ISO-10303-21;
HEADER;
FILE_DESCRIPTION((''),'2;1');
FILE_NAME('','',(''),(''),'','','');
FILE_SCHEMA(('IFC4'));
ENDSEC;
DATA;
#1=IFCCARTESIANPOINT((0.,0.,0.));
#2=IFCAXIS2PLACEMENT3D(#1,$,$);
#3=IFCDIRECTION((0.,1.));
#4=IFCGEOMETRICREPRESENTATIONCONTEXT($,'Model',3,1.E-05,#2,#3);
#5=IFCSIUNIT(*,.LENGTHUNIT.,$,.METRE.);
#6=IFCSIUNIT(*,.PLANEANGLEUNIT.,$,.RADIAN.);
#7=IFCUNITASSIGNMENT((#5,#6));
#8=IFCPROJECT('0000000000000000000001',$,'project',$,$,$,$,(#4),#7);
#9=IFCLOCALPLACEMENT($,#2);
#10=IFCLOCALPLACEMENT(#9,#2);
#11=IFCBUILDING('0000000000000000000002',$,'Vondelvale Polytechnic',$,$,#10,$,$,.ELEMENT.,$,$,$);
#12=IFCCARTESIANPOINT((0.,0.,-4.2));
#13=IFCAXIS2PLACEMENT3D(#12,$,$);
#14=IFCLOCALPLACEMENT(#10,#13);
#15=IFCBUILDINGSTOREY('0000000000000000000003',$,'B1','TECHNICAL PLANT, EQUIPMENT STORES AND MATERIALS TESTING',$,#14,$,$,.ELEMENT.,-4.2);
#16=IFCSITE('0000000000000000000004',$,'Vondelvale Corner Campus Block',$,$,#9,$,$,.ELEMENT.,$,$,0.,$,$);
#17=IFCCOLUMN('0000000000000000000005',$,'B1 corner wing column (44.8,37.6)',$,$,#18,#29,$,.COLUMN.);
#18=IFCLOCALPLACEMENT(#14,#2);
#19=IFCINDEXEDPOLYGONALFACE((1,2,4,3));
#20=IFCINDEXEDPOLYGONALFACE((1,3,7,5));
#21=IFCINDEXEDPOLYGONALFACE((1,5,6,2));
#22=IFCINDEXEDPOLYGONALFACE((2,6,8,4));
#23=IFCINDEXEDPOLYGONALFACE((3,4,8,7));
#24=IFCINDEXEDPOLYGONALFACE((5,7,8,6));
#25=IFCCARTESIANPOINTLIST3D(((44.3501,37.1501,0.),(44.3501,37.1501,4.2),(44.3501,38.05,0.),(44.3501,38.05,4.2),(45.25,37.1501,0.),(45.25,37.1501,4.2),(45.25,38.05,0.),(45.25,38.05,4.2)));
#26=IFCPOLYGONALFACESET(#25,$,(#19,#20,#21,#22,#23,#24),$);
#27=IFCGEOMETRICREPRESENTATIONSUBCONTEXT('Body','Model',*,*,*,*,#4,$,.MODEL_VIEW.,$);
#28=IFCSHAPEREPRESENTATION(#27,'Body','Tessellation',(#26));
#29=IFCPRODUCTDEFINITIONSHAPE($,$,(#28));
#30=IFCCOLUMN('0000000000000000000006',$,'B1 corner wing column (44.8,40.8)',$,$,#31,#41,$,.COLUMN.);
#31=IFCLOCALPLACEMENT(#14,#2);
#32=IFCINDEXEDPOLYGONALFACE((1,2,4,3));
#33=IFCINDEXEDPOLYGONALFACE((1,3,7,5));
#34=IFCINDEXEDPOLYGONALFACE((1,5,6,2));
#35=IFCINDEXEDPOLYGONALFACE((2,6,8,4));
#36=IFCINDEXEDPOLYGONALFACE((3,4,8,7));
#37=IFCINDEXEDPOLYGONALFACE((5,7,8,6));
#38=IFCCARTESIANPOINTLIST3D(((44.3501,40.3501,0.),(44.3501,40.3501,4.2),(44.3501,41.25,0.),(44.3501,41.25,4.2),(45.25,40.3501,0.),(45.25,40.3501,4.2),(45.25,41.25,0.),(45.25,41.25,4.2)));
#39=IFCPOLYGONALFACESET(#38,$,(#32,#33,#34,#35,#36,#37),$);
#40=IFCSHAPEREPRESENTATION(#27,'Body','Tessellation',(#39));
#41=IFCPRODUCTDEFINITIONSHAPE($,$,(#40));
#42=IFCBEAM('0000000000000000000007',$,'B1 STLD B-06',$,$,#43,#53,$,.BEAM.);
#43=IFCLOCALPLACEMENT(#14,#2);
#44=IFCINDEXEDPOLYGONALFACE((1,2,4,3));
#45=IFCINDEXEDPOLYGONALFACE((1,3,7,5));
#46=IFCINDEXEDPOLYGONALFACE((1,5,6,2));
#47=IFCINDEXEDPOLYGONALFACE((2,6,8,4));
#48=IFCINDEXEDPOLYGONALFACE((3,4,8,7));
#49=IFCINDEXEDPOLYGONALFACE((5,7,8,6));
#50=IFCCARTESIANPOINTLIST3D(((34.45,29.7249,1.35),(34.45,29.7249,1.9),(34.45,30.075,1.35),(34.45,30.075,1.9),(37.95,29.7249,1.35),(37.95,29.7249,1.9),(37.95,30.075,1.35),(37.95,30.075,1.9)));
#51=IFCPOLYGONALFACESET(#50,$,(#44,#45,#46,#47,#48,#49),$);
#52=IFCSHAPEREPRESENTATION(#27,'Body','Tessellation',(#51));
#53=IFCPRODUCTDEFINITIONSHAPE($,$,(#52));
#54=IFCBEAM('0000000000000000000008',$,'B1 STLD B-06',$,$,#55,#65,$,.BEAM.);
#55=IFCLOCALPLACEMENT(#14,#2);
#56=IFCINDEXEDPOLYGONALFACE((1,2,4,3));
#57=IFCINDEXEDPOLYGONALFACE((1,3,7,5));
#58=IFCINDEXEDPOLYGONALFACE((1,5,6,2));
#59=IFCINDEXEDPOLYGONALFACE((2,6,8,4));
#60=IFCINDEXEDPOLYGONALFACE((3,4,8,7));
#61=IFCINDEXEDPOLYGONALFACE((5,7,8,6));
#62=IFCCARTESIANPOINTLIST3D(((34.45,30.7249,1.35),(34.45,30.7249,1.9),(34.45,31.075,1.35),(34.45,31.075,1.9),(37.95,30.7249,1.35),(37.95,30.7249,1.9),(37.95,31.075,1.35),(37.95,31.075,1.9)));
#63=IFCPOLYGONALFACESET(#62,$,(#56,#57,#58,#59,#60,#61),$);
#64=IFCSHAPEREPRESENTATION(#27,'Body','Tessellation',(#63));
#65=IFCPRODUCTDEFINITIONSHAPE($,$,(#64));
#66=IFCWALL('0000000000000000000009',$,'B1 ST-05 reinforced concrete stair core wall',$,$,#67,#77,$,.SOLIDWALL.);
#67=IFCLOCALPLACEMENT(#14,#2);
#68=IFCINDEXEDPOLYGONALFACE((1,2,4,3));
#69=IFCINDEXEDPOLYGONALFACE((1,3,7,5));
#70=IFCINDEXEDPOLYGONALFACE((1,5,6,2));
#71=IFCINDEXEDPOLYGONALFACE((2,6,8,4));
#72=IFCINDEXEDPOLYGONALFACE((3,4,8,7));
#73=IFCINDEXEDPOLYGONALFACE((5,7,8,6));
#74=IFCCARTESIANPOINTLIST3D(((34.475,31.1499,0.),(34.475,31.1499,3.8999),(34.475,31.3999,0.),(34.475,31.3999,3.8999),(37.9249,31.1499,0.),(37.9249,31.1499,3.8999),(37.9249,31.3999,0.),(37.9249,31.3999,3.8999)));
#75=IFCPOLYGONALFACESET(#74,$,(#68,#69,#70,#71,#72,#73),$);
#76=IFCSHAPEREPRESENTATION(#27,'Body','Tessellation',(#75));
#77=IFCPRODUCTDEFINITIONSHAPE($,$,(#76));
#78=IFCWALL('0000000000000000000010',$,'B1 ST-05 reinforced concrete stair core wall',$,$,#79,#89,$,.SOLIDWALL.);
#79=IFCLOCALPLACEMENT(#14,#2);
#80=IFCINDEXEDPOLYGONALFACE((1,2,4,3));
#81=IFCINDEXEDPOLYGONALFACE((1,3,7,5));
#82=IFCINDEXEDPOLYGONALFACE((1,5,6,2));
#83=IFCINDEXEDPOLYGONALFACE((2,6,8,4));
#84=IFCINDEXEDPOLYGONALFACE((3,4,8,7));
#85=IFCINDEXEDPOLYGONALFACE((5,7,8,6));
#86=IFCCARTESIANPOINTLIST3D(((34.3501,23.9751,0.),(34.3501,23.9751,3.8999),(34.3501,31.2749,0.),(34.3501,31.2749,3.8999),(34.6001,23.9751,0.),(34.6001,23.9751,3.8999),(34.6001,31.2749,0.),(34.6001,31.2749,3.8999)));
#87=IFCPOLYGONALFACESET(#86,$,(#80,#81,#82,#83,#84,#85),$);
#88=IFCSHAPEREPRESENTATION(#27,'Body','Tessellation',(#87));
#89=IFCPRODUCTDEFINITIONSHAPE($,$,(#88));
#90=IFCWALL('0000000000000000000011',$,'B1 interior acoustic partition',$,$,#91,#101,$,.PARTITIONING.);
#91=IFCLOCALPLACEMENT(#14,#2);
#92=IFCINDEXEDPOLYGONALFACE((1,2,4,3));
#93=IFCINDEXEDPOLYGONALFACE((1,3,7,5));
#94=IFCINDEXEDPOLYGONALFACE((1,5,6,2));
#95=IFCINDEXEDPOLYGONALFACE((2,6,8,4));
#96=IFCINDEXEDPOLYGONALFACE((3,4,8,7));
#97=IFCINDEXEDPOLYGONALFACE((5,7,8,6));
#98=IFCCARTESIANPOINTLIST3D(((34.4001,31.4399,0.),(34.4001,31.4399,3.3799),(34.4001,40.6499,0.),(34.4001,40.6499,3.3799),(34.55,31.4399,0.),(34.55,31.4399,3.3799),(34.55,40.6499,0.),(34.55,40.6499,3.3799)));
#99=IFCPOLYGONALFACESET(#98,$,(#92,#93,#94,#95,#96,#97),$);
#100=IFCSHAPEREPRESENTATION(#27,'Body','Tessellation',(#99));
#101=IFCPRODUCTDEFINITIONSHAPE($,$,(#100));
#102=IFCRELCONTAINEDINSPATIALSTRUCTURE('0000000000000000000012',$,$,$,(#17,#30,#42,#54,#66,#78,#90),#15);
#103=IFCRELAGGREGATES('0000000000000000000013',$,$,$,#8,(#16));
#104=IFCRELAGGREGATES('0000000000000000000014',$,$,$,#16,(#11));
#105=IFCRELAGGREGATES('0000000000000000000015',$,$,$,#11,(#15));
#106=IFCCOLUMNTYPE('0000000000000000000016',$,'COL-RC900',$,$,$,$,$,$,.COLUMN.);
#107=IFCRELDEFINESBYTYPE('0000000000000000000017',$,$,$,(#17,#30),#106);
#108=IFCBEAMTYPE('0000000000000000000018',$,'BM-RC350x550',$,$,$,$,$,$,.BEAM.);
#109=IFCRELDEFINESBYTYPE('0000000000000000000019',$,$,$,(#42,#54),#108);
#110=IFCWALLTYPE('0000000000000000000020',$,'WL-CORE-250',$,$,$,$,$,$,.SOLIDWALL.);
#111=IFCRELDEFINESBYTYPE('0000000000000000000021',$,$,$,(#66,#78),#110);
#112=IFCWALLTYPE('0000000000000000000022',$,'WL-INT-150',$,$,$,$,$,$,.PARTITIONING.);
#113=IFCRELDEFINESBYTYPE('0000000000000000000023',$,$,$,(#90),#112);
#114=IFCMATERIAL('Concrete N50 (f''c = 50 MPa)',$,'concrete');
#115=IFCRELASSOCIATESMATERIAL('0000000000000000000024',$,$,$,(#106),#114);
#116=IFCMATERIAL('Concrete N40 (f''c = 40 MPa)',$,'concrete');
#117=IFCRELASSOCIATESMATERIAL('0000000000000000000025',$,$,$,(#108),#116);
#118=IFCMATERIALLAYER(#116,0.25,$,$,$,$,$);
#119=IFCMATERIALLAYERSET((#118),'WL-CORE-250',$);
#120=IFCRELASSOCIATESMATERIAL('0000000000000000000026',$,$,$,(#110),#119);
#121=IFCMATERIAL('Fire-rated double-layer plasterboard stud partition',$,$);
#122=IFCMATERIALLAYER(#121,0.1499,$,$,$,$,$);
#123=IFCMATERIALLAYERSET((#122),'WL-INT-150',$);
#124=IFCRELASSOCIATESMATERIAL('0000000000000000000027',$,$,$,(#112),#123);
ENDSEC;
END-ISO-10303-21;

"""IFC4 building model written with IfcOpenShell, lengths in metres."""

from ifc_helpers import new_model, si_unit, direction, frame, frame_2d, origin, origin_2d, place, context, subcontext, project, spatial, rectangle, extrude, material, layer, layer_set, material_profile, profile_set, type_object, element, save


model = new_model("IFC4")

# Units and contexts
model_context = context("Model", 3, precision=1e-05, world=origin(), true_north=direction((0.0, 1.0)))
body_context = subcontext(model_context, "Body", "Model", "MODEL_VIEW")
ifc_project = project(units=[si_unit("LENGTHUNIT", "METRE"), si_unit("PLANEANGLEUNIT", "RADIAN")], contexts=[model_context])

# Site, building, storey
site_placement = place(None, origin())
site = spatial("IfcSite", under=ifc_project, at=site_placement, Name="Vondelvale Corner Campus Block", CompositionType="ELEMENT", RefElevation=0.0)
building_placement = place(site_placement, origin())
building = spatial("IfcBuilding", under=site, at=building_placement, Name="Vondelvale Polytechnic", CompositionType="ELEMENT")
storey_placement = place(building_placement, frame((0.0, 0.0, -4.2)))
storey = spatial("IfcBuildingStorey", under=building, at=storey_placement, Name="B1", Description="TECHNICAL PLANT, EQUIPMENT STORES AND MATERIALS TESTING", CompositionType="ELEMENT", Elevation=-4.2)

# Shared definitions
ifc_material_1 = material(Name="Concrete N40 (f'c = 40 MPa)", Category="concrete")

# Columns
ifc_material_2 = material(Name="Concrete N50 (f'c = 50 MPa)", Category="concrete")
ifc_material_profile_1 = material_profile(ifc_material_2, rectangle(XDim=0.8999, YDim=0.8999, at=origin_2d()), Name="RC-COL-900x900")
ifc_profile_set_1 = profile_set([ifc_material_profile_1], Name="Concrete N50 (f'c = 50 MPa)")
column_type = type_object("IfcColumnType", Name="COL-RC900", PredefinedType="COLUMN", material=ifc_profile_set_1)
for number, where, z_axis, x_axis, name in (
    (1, (44.8, 37.6001, 0.0), (0.0, 0.0, 1.0), (1.0, 0.0, 0.0), "B1 corner wing column (44.8,37.6)"),
    (2, (44.8, 40.8, 0.0), (0.0, 0.0, 1.0), (1.0, 0.0, 0.0), "B1 corner wing column (44.8,40.8)"),
):
    element("IfcColumn", number, at=place(storey_placement, frame(where, z_axis=z_axis, x_axis=x_axis)), inside=storey, type_object=column_type, Name=name, PredefinedType="COLUMN", context=body_context, shape_type="SweptSolid", body=[
        extrude(rectangle(XDim=0.8999, YDim=0.8999, at=origin_2d()), origin(), (0.0, 0.0, 1.0), 4.2),
    ])

# Beams
ifc_material_profile_2 = material_profile(ifc_material_1, rectangle(XDim=0.3501, YDim=0.55, at=origin_2d()), Name="RC-BM-350x550")
ifc_profile_set_2 = profile_set([ifc_material_profile_2], Name="Concrete N40 (f'c = 40 MPa)")
beam_type = type_object("IfcBeamType", Name="BM-RC350x550", PredefinedType="BEAM", material=ifc_profile_set_2)
for number, where, z_axis, x_axis, name in (
    (3, (37.95, 29.8999, 1.625), (-1.0, 0.0, 0.0), (0.0, -1.0, 0.0), "B1 STLD B-06"),
    (4, (37.95, 30.8999, 1.625), (-1.0, 0.0, 0.0), (0.0, -1.0, 0.0), "B1 STLD B-06"),
):
    element("IfcBeam", number, at=place(storey_placement, frame(where, z_axis=z_axis, x_axis=x_axis)), inside=storey, type_object=beam_type, Name=name, PredefinedType="BEAM", context=body_context, shape_type="SweptSolid", body=[
        extrude(rectangle(XDim=0.3501, YDim=0.55, at=origin_2d()), origin(), (0.0, 0.0, 1.0), 3.5),
    ])

# Walls
ifc_layer_1 = layer(ifc_material_1, 0.25)
ifc_layer_set_1 = layer_set([ifc_layer_1], Name="WL-CORE-250")
wall_type_1 = type_object("IfcWallType", Name="WL-CORE-250", PredefinedType="SOLIDWALL", material=ifc_layer_set_1)
wall_1_placement = place(storey_placement, frame((37.925, 31.2749, 0.0), z_axis=(0.0, 0.0, 1.0), x_axis=(-1.0, 0.0, 0.0)))
element("IfcWall", 5, at=wall_1_placement, inside=storey, type_object=wall_type_1, Name="B1 ST-05 reinforced concrete stair core wall", PredefinedType="SOLIDWALL", context=body_context, shape_type="SweptSolid", body=[
    extrude(rectangle(XDim=3.45, YDim=0.25, at=frame_2d((1.7251, 0.0))), origin(), (0.0, 0.0, 1.0), 3.8999),
])
wall_2_placement = place(storey_placement, frame((34.4751, 31.2749, 0.0), z_axis=(0.0, 0.0, 1.0), x_axis=(0.0, -1.0, 0.0)))
element("IfcWall", 6, at=wall_2_placement, inside=storey, type_object=wall_type_1, Name="B1 ST-05 reinforced concrete stair core wall", PredefinedType="SOLIDWALL", context=body_context, shape_type="SweptSolid", body=[
    extrude(rectangle(XDim=7.2998, YDim=0.25, at=frame_2d((3.6499, 0.0))), origin(), (0.0, 0.0, 1.0), 3.8999),
])
ifc_material_3 = material(Name="Fire-rated double-layer plasterboard stud partition")
ifc_layer_2 = layer(ifc_material_3, 0.1499)
ifc_layer_set_2 = layer_set([ifc_layer_2], Name="WL-INT-150")
wall_type_2 = type_object("IfcWallType", Name="WL-INT-150", PredefinedType="PARTITIONING", material=ifc_layer_set_2)
wall_3_placement = place(storey_placement, frame((34.4751, 31.4399, 0.0), z_axis=(0.0, 0.0, 1.0), x_axis=(0.0, 1.0, 0.0)))
element("IfcWall", 7, at=wall_3_placement, inside=storey, type_object=wall_type_2, Name="B1 interior acoustic partition", PredefinedType="PARTITIONING", context=body_context, shape_type="SweptSolid", body=[
    extrude(rectangle(XDim=9.21, YDim=0.1499, at=frame_2d((4.605, 0.0))), origin(), (0.0, 0.0, 1.0), 3.3799),
])

save(model, "model.ifc")
